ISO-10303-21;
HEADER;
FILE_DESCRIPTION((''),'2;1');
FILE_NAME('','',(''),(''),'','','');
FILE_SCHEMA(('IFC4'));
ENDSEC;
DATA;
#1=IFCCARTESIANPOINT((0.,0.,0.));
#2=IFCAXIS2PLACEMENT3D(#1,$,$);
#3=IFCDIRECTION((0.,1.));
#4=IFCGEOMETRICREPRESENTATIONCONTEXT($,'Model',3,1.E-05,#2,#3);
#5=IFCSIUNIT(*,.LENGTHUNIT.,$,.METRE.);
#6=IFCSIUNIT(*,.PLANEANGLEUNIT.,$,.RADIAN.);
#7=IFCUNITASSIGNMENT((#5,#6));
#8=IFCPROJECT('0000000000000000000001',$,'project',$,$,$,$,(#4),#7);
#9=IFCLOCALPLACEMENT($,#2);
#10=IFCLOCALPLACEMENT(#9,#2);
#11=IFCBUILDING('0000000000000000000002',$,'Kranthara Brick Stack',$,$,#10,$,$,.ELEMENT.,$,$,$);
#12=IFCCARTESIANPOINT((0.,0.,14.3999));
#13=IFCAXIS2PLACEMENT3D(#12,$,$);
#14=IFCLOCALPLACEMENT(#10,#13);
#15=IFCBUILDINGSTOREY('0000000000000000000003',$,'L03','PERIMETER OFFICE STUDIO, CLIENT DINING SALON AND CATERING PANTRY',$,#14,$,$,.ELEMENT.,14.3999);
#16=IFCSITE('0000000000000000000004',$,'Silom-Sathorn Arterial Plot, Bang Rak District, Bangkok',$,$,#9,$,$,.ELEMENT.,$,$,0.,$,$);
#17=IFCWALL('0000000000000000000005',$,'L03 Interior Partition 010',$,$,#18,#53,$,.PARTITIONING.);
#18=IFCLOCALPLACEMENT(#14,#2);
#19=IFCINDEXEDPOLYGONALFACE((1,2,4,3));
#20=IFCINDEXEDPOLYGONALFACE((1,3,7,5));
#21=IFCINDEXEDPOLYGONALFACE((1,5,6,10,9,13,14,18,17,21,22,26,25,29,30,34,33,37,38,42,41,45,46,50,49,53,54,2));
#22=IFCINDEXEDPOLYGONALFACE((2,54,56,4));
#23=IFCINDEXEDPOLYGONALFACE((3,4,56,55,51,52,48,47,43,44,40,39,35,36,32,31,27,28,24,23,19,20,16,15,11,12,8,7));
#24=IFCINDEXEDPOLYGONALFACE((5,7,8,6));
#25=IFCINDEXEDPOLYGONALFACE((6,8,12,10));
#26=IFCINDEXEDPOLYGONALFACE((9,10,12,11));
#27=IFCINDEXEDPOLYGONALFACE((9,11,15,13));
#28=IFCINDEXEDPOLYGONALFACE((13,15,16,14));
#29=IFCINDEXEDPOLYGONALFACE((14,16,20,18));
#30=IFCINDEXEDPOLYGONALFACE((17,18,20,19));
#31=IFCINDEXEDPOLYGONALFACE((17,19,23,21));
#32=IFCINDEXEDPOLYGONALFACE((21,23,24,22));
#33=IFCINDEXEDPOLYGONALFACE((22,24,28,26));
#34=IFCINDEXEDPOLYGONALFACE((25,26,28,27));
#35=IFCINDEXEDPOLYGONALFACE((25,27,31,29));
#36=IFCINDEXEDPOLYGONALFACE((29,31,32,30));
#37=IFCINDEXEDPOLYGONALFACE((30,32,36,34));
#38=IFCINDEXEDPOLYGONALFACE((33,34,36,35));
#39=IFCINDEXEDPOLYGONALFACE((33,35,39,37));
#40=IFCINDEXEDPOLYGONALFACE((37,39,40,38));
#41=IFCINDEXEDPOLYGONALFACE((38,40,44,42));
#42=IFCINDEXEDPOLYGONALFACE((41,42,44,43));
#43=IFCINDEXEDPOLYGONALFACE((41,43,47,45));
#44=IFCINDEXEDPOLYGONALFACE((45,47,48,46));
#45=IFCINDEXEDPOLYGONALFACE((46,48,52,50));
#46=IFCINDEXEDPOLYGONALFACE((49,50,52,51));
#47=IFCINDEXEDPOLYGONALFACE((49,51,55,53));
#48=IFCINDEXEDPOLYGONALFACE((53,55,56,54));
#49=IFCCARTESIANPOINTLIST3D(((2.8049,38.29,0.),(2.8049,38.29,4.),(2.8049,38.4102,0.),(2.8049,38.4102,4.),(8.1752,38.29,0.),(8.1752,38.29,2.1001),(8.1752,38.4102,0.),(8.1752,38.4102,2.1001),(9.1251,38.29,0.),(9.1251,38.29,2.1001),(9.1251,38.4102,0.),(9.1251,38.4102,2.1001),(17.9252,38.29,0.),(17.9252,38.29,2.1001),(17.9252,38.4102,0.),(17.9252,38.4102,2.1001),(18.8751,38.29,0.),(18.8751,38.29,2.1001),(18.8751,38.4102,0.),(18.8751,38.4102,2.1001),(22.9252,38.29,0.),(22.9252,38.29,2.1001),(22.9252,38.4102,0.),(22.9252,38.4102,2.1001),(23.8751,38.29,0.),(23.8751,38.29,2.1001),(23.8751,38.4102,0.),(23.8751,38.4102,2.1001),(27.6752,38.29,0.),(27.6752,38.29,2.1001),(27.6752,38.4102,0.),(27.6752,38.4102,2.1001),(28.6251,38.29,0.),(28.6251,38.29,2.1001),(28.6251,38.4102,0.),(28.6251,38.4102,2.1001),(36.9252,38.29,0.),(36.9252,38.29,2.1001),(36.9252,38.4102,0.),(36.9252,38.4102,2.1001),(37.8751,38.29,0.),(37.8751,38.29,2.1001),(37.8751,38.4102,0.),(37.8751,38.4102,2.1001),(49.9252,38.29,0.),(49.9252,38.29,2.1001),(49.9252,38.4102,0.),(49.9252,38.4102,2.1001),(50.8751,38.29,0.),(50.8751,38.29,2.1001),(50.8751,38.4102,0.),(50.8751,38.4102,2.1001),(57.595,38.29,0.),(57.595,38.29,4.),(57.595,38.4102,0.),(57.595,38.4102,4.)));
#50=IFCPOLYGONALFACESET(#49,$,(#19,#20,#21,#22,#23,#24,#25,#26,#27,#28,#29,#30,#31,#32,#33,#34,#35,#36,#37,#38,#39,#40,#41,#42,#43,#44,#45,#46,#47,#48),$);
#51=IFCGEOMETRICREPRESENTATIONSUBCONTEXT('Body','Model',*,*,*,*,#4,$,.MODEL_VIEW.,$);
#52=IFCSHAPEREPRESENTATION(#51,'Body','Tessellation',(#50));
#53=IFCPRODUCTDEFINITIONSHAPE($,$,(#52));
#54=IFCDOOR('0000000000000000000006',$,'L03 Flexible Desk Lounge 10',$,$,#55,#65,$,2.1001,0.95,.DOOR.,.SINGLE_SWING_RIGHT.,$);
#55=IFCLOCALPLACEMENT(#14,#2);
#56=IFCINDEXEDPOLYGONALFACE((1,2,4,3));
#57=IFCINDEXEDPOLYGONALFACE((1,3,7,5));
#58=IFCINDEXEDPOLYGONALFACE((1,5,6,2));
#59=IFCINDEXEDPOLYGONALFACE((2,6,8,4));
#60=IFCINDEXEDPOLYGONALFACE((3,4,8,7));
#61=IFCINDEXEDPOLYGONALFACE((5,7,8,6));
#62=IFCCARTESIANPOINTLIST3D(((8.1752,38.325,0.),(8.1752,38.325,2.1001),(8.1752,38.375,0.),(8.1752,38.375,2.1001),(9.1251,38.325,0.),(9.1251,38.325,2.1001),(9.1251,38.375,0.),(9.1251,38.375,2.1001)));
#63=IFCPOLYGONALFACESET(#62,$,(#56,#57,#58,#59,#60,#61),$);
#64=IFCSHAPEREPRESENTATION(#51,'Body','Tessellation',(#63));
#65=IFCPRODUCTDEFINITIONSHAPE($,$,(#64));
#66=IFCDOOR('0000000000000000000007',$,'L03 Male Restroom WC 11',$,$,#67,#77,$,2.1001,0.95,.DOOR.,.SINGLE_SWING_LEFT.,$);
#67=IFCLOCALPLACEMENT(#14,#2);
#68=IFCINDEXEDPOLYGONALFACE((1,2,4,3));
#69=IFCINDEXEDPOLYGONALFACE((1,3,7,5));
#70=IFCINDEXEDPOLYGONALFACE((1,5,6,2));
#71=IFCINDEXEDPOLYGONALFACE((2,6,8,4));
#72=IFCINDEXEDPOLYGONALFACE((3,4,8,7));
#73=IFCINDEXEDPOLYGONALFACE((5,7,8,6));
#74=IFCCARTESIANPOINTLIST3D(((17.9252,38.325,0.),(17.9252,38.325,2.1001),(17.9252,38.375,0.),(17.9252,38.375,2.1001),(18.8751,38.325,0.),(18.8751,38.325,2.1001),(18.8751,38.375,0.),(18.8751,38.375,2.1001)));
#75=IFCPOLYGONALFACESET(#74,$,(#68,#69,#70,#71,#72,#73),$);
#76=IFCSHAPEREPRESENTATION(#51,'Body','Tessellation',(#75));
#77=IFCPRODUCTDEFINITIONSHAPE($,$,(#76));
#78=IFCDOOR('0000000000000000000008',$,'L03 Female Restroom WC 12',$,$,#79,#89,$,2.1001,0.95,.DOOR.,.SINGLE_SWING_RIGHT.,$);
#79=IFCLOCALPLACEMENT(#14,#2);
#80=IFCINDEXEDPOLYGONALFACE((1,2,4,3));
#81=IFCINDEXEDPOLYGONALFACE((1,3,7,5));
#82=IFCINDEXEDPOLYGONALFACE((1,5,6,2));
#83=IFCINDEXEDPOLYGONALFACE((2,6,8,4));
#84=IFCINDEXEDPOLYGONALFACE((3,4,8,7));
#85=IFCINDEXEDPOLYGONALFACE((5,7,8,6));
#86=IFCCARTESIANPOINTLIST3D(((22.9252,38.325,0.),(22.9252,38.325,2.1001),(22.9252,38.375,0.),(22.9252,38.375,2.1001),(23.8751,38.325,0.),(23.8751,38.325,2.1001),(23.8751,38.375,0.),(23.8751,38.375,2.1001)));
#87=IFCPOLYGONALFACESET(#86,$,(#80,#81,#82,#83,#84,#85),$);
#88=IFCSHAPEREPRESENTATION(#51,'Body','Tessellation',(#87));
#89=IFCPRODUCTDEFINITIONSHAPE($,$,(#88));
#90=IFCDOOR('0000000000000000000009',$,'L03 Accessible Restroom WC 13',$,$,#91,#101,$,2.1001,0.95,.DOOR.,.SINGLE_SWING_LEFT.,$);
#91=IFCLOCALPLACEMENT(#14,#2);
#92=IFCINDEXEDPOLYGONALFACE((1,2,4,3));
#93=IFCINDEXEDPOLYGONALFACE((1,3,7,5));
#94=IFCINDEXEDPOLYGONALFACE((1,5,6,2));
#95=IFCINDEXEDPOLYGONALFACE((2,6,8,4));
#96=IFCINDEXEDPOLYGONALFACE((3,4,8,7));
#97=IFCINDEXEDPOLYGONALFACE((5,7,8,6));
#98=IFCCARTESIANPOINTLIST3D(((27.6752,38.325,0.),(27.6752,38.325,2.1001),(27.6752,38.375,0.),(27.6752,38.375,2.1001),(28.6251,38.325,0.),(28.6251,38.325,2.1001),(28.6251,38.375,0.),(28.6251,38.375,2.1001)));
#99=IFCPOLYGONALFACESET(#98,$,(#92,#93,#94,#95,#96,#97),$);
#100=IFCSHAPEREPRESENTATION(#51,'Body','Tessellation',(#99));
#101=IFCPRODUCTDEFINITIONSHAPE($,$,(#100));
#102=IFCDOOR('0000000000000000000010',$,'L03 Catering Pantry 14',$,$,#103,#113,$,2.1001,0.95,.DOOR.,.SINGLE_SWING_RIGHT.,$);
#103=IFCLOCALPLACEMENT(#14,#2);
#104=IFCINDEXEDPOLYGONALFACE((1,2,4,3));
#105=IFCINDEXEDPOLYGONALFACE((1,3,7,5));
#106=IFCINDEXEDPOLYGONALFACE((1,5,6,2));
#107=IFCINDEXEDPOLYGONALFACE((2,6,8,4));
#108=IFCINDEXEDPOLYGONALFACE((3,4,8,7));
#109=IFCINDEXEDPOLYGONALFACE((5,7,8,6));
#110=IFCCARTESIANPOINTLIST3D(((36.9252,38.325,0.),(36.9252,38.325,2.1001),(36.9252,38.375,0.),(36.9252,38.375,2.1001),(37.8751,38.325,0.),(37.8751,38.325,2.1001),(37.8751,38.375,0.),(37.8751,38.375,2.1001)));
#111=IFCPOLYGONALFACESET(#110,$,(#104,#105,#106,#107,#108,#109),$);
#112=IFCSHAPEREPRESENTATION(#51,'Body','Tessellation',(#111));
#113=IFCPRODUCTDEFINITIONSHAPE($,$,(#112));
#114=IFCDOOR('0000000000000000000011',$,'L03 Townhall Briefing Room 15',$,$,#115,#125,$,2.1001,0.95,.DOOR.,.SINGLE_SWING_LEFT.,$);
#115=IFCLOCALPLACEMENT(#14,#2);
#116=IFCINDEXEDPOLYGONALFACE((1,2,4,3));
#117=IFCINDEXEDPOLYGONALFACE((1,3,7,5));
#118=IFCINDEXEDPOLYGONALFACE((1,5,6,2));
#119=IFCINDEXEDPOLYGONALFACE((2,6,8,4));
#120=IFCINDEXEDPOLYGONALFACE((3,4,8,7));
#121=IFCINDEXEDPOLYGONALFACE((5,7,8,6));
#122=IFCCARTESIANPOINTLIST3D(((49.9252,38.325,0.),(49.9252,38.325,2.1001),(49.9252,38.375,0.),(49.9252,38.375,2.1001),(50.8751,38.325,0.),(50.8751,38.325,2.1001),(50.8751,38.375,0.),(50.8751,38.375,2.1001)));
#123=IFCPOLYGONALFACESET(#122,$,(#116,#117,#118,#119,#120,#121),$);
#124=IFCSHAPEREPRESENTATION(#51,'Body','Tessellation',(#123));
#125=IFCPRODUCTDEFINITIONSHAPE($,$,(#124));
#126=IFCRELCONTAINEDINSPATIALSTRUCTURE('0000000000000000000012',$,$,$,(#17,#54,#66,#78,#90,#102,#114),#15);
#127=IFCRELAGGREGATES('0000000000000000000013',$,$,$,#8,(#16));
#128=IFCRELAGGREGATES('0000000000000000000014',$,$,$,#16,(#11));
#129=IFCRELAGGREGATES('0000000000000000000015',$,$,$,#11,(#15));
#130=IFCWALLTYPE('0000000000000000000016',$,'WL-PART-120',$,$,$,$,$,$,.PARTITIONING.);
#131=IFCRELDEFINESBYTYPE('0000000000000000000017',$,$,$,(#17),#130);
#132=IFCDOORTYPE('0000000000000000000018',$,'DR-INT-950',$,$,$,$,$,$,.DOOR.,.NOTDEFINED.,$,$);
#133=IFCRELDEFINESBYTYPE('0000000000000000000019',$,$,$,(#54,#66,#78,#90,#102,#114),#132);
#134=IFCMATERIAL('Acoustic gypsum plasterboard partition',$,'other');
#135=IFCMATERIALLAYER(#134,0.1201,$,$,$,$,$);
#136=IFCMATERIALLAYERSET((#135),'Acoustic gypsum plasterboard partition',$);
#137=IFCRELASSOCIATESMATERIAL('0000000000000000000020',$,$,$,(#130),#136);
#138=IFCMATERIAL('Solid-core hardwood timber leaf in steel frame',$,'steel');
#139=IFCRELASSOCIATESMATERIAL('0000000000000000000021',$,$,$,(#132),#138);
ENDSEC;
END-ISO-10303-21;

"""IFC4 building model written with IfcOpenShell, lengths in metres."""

from ifc_helpers import new_model, si_unit, direction, frame, frame_2d, origin, place, context, subcontext, project, spatial, rectangle, extrude, material, layer, layer_set, type_object, element, fill, save


model = new_model("IFC4")

# Units and contexts
model_context = context("Model", 3, precision=1e-05, world=origin(), true_north=direction((0.0, 1.0)))
body_context = subcontext(model_context, "Body", "Model", "MODEL_VIEW")
ifc_project = project(units=[si_unit("LENGTHUNIT", "METRE"), si_unit("PLANEANGLEUNIT", "RADIAN")], contexts=[model_context])

# Site, building, storey
site_placement = place(None, origin())
site = spatial("IfcSite", under=ifc_project, at=site_placement, Name="Silom-Sathorn Arterial Plot, Bang Rak District, Bangkok", CompositionType="ELEMENT", RefElevation=0.0)
building_placement = place(site_placement, origin())
building = spatial("IfcBuilding", under=site, at=building_placement, Name="Kranthara Brick Stack", CompositionType="ELEMENT")
storey_placement = place(building_placement, frame((0.0, 0.0, 14.3999)))
storey = spatial("IfcBuildingStorey", under=building, at=storey_placement, Name="L03", Description="PERIMETER OFFICE STUDIO, CLIENT DINING SALON AND CATERING PANTRY", CompositionType="ELEMENT", Elevation=14.3999)

# Wall, openings, doors
ifc_material_1 = material(Name="Acoustic gypsum plasterboard partition", Category="other")
ifc_layer = layer(ifc_material_1, 0.1201)
ifc_layer_set = layer_set([ifc_layer], Name="Acoustic gypsum plasterboard partition")
wall_type = type_object("IfcWallType", Name="WL-PART-120", PredefinedType="PARTITIONING", material=ifc_layer_set)
wall_placement = place(storey_placement, frame((2.8049, 38.3501, 0.0), z_axis=(0.0, 0.0, 1.0), x_axis=(1.0, 0.0, 0.0)))
wall = element("IfcWall", 1, at=wall_placement, inside=storey, type_object=wall_type, Name="L03 Interior Partition 010", PredefinedType="PARTITIONING", context=body_context, shape_type="SweptSolid", body=[
    extrude(rectangle(XDim=54.79, YDim=0.1201, at=frame_2d((27.395, 0.0))), origin(), (0.0, 0.0, 1.0), 4.0),
])
opening_1_placement = place(wall_placement, frame((5.3701, 0.0, 0.0)))
opening_1 = element("IfcOpeningElement", 2, at=opening_1_placement, cuts=wall, PredefinedType="OPENING", context=body_context, shape_type="SweptSolid", body=[
    extrude(rectangle(XDim=0.95, YDim=2.1001, at=frame_2d((0.4751, 1.05))), frame((0.0, 0.0701, 0.0), z_axis=(0.0, -1.0, 0.0), x_axis=(1.0, 0.0, 0.0)), (0.0, 0.0, 1.0), 0.1401),
])
opening_2_placement = place(wall_placement, frame((15.1201, 0.0, 0.0)))
opening_2 = element("IfcOpeningElement", 3, at=opening_2_placement, cuts=wall, PredefinedType="OPENING", context=body_context, shape_type="SweptSolid", body=[
    extrude(rectangle(XDim=0.95, YDim=2.1001, at=frame_2d((0.4751, 1.05))), frame((0.0, 0.0701, 0.0), z_axis=(0.0, -1.0, 0.0), x_axis=(1.0, 0.0, 0.0)), (0.0, 0.0, 1.0), 0.1401),
])
opening_3_placement = place(wall_placement, frame((20.1201, 0.0, 0.0)))
opening_3 = element("IfcOpeningElement", 4, at=opening_3_placement, cuts=wall, PredefinedType="OPENING", context=body_context, shape_type="SweptSolid", body=[
    extrude(rectangle(XDim=0.95, YDim=2.1001, at=frame_2d((0.4751, 1.05))), frame((0.0, 0.0701, 0.0), z_axis=(0.0, -1.0, 0.0), x_axis=(1.0, 0.0, 0.0)), (0.0, 0.0, 1.0), 0.1401),
])
opening_4_placement = place(wall_placement, frame((24.8701, 0.0, 0.0)))
opening_4 = element("IfcOpeningElement", 5, at=opening_4_placement, cuts=wall, PredefinedType="OPENING", context=body_context, shape_type="SweptSolid", body=[
    extrude(rectangle(XDim=0.95, YDim=2.1001, at=frame_2d((0.4751, 1.05))), frame((0.0, 0.0701, 0.0), z_axis=(0.0, -1.0, 0.0), x_axis=(1.0, 0.0, 0.0)), (0.0, 0.0, 1.0), 0.1401),
])
opening_5_placement = place(wall_placement, frame((34.1201, 0.0, 0.0)))
opening_5 = element("IfcOpeningElement", 6, at=opening_5_placement, cuts=wall, PredefinedType="OPENING", context=body_context, shape_type="SweptSolid", body=[
    extrude(rectangle(XDim=0.95, YDim=2.1001, at=frame_2d((0.4751, 1.05))), frame((0.0, 0.0701, 0.0), z_axis=(0.0, -1.0, 0.0), x_axis=(1.0, 0.0, 0.0)), (0.0, 0.0, 1.0), 0.1401),
])
opening_6_placement = place(wall_placement, frame((47.1201, 0.0, 0.0)))
opening_6 = element("IfcOpeningElement", 7, at=opening_6_placement, cuts=wall, PredefinedType="OPENING", context=body_context, shape_type="SweptSolid", body=[
    extrude(rectangle(XDim=0.95, YDim=2.1001, at=frame_2d((0.4751, 1.05))), frame((0.0, 0.0701, 0.0), z_axis=(0.0, -1.0, 0.0), x_axis=(1.0, 0.0, 0.0)), (0.0, 0.0, 1.0), 0.1401),
])
ifc_material_2 = material(Name="Solid-core hardwood timber leaf in steel frame", Category="steel")
door_type = type_object("IfcDoorType", Name="DR-INT-950", OperationType="NOTDEFINED", PredefinedType="DOOR", material=ifc_material_2)
door_1_placement = place(opening_1_placement, origin())
door_1 = element("IfcDoor", 8, at=door_1_placement, inside=storey, type_object=door_type, Name="L03 Flexible Desk Lounge 10", OperationType="SINGLE_SWING_RIGHT", OverallHeight=2.1001, OverallWidth=0.95, PredefinedType="DOOR", context=body_context, shape_type="SweptSolid", body=[
    extrude(rectangle(XDim=0.95, YDim=2.1001, at=frame_2d((0.4751, 1.05))), frame((0.0, 0.0249, 0.0), z_axis=(0.0, -1.0, 0.0), x_axis=(1.0, 0.0, 0.0)), (0.0, 0.0, 1.0), 0.05),
])
fill(opening_1, door_1)
door_2_placement = place(opening_2_placement, origin())
door_2 = element("IfcDoor", 9, at=door_2_placement, inside=storey, type_object=door_type, Name="L03 Male Restroom WC 11", OperationType="SINGLE_SWING_LEFT", OverallHeight=2.1001, OverallWidth=0.95, PredefinedType="DOOR", context=body_context, shape_type="SweptSolid", body=[
    extrude(rectangle(XDim=0.95, YDim=2.1001, at=frame_2d((0.4751, 1.05))), frame((0.0, 0.0249, 0.0), z_axis=(0.0, -1.0, 0.0), x_axis=(1.0, 0.0, 0.0)), (0.0, 0.0, 1.0), 0.05),
])
fill(opening_2, door_2)
door_3_placement = place(opening_3_placement, origin())
door_3 = element("IfcDoor", 10, at=door_3_placement, inside=storey, type_object=door_type, Name="L03 Female Restroom WC 12", OperationType="SINGLE_SWING_RIGHT", OverallHeight=2.1001, OverallWidth=0.95, PredefinedType="DOOR", context=body_context, shape_type="SweptSolid", body=[
    extrude(rectangle(XDim=0.95, YDim=2.1001, at=frame_2d((0.4751, 1.05))), frame((0.0, 0.0249, 0.0), z_axis=(0.0, -1.0, 0.0), x_axis=(1.0, 0.0, 0.0)), (0.0, 0.0, 1.0), 0.05),
])
fill(opening_3, door_3)
door_4_placement = place(opening_4_placement, origin())
door_4 = element("IfcDoor", 11, at=door_4_placement, inside=storey, type_object=door_type, Name="L03 Accessible Restroom WC 13", OperationType="SINGLE_SWING_LEFT", OverallHeight=2.1001, OverallWidth=0.95, PredefinedType="DOOR", context=body_context, shape_type="SweptSolid", body=[
    extrude(rectangle(XDim=0.95, YDim=2.1001, at=frame_2d((0.4751, 1.05))), frame((0.0, 0.0249, 0.0), z_axis=(0.0, -1.0, 0.0), x_axis=(1.0, 0.0, 0.0)), (0.0, 0.0, 1.0), 0.05),
])
fill(opening_4, door_4)
door_5_placement = place(opening_5_placement, origin())
door_5 = element("IfcDoor", 12, at=door_5_placement, inside=storey, type_object=door_type, Name="L03 Catering Pantry 14", OperationType="SINGLE_SWING_RIGHT", OverallHeight=2.1001, OverallWidth=0.95, PredefinedType="DOOR", context=body_context, shape_type="SweptSolid", body=[
    extrude(rectangle(XDim=0.95, YDim=2.1001, at=frame_2d((0.4751, 1.05))), frame((0.0, 0.0249, 0.0), z_axis=(0.0, -1.0, 0.0), x_axis=(1.0, 0.0, 0.0)), (0.0, 0.0, 1.0), 0.05),
])
fill(opening_5, door_5)
door_6_placement = place(opening_6_placement, origin())
door_6 = element("IfcDoor", 13, at=door_6_placement, inside=storey, type_object=door_type, Name="L03 Townhall Briefing Room 15", OperationType="SINGLE_SWING_LEFT", OverallHeight=2.1001, OverallWidth=0.95, PredefinedType="DOOR", context=body_context, shape_type="SweptSolid", body=[
    extrude(rectangle(XDim=0.95, YDim=2.1001, at=frame_2d((0.4751, 1.05))), frame((0.0, 0.0249, 0.0), z_axis=(0.0, -1.0, 0.0), x_axis=(1.0, 0.0, 0.0)), (0.0, 0.0, 1.0), 0.05),
])
fill(opening_6, door_6)

save(model, "model.ifc")
